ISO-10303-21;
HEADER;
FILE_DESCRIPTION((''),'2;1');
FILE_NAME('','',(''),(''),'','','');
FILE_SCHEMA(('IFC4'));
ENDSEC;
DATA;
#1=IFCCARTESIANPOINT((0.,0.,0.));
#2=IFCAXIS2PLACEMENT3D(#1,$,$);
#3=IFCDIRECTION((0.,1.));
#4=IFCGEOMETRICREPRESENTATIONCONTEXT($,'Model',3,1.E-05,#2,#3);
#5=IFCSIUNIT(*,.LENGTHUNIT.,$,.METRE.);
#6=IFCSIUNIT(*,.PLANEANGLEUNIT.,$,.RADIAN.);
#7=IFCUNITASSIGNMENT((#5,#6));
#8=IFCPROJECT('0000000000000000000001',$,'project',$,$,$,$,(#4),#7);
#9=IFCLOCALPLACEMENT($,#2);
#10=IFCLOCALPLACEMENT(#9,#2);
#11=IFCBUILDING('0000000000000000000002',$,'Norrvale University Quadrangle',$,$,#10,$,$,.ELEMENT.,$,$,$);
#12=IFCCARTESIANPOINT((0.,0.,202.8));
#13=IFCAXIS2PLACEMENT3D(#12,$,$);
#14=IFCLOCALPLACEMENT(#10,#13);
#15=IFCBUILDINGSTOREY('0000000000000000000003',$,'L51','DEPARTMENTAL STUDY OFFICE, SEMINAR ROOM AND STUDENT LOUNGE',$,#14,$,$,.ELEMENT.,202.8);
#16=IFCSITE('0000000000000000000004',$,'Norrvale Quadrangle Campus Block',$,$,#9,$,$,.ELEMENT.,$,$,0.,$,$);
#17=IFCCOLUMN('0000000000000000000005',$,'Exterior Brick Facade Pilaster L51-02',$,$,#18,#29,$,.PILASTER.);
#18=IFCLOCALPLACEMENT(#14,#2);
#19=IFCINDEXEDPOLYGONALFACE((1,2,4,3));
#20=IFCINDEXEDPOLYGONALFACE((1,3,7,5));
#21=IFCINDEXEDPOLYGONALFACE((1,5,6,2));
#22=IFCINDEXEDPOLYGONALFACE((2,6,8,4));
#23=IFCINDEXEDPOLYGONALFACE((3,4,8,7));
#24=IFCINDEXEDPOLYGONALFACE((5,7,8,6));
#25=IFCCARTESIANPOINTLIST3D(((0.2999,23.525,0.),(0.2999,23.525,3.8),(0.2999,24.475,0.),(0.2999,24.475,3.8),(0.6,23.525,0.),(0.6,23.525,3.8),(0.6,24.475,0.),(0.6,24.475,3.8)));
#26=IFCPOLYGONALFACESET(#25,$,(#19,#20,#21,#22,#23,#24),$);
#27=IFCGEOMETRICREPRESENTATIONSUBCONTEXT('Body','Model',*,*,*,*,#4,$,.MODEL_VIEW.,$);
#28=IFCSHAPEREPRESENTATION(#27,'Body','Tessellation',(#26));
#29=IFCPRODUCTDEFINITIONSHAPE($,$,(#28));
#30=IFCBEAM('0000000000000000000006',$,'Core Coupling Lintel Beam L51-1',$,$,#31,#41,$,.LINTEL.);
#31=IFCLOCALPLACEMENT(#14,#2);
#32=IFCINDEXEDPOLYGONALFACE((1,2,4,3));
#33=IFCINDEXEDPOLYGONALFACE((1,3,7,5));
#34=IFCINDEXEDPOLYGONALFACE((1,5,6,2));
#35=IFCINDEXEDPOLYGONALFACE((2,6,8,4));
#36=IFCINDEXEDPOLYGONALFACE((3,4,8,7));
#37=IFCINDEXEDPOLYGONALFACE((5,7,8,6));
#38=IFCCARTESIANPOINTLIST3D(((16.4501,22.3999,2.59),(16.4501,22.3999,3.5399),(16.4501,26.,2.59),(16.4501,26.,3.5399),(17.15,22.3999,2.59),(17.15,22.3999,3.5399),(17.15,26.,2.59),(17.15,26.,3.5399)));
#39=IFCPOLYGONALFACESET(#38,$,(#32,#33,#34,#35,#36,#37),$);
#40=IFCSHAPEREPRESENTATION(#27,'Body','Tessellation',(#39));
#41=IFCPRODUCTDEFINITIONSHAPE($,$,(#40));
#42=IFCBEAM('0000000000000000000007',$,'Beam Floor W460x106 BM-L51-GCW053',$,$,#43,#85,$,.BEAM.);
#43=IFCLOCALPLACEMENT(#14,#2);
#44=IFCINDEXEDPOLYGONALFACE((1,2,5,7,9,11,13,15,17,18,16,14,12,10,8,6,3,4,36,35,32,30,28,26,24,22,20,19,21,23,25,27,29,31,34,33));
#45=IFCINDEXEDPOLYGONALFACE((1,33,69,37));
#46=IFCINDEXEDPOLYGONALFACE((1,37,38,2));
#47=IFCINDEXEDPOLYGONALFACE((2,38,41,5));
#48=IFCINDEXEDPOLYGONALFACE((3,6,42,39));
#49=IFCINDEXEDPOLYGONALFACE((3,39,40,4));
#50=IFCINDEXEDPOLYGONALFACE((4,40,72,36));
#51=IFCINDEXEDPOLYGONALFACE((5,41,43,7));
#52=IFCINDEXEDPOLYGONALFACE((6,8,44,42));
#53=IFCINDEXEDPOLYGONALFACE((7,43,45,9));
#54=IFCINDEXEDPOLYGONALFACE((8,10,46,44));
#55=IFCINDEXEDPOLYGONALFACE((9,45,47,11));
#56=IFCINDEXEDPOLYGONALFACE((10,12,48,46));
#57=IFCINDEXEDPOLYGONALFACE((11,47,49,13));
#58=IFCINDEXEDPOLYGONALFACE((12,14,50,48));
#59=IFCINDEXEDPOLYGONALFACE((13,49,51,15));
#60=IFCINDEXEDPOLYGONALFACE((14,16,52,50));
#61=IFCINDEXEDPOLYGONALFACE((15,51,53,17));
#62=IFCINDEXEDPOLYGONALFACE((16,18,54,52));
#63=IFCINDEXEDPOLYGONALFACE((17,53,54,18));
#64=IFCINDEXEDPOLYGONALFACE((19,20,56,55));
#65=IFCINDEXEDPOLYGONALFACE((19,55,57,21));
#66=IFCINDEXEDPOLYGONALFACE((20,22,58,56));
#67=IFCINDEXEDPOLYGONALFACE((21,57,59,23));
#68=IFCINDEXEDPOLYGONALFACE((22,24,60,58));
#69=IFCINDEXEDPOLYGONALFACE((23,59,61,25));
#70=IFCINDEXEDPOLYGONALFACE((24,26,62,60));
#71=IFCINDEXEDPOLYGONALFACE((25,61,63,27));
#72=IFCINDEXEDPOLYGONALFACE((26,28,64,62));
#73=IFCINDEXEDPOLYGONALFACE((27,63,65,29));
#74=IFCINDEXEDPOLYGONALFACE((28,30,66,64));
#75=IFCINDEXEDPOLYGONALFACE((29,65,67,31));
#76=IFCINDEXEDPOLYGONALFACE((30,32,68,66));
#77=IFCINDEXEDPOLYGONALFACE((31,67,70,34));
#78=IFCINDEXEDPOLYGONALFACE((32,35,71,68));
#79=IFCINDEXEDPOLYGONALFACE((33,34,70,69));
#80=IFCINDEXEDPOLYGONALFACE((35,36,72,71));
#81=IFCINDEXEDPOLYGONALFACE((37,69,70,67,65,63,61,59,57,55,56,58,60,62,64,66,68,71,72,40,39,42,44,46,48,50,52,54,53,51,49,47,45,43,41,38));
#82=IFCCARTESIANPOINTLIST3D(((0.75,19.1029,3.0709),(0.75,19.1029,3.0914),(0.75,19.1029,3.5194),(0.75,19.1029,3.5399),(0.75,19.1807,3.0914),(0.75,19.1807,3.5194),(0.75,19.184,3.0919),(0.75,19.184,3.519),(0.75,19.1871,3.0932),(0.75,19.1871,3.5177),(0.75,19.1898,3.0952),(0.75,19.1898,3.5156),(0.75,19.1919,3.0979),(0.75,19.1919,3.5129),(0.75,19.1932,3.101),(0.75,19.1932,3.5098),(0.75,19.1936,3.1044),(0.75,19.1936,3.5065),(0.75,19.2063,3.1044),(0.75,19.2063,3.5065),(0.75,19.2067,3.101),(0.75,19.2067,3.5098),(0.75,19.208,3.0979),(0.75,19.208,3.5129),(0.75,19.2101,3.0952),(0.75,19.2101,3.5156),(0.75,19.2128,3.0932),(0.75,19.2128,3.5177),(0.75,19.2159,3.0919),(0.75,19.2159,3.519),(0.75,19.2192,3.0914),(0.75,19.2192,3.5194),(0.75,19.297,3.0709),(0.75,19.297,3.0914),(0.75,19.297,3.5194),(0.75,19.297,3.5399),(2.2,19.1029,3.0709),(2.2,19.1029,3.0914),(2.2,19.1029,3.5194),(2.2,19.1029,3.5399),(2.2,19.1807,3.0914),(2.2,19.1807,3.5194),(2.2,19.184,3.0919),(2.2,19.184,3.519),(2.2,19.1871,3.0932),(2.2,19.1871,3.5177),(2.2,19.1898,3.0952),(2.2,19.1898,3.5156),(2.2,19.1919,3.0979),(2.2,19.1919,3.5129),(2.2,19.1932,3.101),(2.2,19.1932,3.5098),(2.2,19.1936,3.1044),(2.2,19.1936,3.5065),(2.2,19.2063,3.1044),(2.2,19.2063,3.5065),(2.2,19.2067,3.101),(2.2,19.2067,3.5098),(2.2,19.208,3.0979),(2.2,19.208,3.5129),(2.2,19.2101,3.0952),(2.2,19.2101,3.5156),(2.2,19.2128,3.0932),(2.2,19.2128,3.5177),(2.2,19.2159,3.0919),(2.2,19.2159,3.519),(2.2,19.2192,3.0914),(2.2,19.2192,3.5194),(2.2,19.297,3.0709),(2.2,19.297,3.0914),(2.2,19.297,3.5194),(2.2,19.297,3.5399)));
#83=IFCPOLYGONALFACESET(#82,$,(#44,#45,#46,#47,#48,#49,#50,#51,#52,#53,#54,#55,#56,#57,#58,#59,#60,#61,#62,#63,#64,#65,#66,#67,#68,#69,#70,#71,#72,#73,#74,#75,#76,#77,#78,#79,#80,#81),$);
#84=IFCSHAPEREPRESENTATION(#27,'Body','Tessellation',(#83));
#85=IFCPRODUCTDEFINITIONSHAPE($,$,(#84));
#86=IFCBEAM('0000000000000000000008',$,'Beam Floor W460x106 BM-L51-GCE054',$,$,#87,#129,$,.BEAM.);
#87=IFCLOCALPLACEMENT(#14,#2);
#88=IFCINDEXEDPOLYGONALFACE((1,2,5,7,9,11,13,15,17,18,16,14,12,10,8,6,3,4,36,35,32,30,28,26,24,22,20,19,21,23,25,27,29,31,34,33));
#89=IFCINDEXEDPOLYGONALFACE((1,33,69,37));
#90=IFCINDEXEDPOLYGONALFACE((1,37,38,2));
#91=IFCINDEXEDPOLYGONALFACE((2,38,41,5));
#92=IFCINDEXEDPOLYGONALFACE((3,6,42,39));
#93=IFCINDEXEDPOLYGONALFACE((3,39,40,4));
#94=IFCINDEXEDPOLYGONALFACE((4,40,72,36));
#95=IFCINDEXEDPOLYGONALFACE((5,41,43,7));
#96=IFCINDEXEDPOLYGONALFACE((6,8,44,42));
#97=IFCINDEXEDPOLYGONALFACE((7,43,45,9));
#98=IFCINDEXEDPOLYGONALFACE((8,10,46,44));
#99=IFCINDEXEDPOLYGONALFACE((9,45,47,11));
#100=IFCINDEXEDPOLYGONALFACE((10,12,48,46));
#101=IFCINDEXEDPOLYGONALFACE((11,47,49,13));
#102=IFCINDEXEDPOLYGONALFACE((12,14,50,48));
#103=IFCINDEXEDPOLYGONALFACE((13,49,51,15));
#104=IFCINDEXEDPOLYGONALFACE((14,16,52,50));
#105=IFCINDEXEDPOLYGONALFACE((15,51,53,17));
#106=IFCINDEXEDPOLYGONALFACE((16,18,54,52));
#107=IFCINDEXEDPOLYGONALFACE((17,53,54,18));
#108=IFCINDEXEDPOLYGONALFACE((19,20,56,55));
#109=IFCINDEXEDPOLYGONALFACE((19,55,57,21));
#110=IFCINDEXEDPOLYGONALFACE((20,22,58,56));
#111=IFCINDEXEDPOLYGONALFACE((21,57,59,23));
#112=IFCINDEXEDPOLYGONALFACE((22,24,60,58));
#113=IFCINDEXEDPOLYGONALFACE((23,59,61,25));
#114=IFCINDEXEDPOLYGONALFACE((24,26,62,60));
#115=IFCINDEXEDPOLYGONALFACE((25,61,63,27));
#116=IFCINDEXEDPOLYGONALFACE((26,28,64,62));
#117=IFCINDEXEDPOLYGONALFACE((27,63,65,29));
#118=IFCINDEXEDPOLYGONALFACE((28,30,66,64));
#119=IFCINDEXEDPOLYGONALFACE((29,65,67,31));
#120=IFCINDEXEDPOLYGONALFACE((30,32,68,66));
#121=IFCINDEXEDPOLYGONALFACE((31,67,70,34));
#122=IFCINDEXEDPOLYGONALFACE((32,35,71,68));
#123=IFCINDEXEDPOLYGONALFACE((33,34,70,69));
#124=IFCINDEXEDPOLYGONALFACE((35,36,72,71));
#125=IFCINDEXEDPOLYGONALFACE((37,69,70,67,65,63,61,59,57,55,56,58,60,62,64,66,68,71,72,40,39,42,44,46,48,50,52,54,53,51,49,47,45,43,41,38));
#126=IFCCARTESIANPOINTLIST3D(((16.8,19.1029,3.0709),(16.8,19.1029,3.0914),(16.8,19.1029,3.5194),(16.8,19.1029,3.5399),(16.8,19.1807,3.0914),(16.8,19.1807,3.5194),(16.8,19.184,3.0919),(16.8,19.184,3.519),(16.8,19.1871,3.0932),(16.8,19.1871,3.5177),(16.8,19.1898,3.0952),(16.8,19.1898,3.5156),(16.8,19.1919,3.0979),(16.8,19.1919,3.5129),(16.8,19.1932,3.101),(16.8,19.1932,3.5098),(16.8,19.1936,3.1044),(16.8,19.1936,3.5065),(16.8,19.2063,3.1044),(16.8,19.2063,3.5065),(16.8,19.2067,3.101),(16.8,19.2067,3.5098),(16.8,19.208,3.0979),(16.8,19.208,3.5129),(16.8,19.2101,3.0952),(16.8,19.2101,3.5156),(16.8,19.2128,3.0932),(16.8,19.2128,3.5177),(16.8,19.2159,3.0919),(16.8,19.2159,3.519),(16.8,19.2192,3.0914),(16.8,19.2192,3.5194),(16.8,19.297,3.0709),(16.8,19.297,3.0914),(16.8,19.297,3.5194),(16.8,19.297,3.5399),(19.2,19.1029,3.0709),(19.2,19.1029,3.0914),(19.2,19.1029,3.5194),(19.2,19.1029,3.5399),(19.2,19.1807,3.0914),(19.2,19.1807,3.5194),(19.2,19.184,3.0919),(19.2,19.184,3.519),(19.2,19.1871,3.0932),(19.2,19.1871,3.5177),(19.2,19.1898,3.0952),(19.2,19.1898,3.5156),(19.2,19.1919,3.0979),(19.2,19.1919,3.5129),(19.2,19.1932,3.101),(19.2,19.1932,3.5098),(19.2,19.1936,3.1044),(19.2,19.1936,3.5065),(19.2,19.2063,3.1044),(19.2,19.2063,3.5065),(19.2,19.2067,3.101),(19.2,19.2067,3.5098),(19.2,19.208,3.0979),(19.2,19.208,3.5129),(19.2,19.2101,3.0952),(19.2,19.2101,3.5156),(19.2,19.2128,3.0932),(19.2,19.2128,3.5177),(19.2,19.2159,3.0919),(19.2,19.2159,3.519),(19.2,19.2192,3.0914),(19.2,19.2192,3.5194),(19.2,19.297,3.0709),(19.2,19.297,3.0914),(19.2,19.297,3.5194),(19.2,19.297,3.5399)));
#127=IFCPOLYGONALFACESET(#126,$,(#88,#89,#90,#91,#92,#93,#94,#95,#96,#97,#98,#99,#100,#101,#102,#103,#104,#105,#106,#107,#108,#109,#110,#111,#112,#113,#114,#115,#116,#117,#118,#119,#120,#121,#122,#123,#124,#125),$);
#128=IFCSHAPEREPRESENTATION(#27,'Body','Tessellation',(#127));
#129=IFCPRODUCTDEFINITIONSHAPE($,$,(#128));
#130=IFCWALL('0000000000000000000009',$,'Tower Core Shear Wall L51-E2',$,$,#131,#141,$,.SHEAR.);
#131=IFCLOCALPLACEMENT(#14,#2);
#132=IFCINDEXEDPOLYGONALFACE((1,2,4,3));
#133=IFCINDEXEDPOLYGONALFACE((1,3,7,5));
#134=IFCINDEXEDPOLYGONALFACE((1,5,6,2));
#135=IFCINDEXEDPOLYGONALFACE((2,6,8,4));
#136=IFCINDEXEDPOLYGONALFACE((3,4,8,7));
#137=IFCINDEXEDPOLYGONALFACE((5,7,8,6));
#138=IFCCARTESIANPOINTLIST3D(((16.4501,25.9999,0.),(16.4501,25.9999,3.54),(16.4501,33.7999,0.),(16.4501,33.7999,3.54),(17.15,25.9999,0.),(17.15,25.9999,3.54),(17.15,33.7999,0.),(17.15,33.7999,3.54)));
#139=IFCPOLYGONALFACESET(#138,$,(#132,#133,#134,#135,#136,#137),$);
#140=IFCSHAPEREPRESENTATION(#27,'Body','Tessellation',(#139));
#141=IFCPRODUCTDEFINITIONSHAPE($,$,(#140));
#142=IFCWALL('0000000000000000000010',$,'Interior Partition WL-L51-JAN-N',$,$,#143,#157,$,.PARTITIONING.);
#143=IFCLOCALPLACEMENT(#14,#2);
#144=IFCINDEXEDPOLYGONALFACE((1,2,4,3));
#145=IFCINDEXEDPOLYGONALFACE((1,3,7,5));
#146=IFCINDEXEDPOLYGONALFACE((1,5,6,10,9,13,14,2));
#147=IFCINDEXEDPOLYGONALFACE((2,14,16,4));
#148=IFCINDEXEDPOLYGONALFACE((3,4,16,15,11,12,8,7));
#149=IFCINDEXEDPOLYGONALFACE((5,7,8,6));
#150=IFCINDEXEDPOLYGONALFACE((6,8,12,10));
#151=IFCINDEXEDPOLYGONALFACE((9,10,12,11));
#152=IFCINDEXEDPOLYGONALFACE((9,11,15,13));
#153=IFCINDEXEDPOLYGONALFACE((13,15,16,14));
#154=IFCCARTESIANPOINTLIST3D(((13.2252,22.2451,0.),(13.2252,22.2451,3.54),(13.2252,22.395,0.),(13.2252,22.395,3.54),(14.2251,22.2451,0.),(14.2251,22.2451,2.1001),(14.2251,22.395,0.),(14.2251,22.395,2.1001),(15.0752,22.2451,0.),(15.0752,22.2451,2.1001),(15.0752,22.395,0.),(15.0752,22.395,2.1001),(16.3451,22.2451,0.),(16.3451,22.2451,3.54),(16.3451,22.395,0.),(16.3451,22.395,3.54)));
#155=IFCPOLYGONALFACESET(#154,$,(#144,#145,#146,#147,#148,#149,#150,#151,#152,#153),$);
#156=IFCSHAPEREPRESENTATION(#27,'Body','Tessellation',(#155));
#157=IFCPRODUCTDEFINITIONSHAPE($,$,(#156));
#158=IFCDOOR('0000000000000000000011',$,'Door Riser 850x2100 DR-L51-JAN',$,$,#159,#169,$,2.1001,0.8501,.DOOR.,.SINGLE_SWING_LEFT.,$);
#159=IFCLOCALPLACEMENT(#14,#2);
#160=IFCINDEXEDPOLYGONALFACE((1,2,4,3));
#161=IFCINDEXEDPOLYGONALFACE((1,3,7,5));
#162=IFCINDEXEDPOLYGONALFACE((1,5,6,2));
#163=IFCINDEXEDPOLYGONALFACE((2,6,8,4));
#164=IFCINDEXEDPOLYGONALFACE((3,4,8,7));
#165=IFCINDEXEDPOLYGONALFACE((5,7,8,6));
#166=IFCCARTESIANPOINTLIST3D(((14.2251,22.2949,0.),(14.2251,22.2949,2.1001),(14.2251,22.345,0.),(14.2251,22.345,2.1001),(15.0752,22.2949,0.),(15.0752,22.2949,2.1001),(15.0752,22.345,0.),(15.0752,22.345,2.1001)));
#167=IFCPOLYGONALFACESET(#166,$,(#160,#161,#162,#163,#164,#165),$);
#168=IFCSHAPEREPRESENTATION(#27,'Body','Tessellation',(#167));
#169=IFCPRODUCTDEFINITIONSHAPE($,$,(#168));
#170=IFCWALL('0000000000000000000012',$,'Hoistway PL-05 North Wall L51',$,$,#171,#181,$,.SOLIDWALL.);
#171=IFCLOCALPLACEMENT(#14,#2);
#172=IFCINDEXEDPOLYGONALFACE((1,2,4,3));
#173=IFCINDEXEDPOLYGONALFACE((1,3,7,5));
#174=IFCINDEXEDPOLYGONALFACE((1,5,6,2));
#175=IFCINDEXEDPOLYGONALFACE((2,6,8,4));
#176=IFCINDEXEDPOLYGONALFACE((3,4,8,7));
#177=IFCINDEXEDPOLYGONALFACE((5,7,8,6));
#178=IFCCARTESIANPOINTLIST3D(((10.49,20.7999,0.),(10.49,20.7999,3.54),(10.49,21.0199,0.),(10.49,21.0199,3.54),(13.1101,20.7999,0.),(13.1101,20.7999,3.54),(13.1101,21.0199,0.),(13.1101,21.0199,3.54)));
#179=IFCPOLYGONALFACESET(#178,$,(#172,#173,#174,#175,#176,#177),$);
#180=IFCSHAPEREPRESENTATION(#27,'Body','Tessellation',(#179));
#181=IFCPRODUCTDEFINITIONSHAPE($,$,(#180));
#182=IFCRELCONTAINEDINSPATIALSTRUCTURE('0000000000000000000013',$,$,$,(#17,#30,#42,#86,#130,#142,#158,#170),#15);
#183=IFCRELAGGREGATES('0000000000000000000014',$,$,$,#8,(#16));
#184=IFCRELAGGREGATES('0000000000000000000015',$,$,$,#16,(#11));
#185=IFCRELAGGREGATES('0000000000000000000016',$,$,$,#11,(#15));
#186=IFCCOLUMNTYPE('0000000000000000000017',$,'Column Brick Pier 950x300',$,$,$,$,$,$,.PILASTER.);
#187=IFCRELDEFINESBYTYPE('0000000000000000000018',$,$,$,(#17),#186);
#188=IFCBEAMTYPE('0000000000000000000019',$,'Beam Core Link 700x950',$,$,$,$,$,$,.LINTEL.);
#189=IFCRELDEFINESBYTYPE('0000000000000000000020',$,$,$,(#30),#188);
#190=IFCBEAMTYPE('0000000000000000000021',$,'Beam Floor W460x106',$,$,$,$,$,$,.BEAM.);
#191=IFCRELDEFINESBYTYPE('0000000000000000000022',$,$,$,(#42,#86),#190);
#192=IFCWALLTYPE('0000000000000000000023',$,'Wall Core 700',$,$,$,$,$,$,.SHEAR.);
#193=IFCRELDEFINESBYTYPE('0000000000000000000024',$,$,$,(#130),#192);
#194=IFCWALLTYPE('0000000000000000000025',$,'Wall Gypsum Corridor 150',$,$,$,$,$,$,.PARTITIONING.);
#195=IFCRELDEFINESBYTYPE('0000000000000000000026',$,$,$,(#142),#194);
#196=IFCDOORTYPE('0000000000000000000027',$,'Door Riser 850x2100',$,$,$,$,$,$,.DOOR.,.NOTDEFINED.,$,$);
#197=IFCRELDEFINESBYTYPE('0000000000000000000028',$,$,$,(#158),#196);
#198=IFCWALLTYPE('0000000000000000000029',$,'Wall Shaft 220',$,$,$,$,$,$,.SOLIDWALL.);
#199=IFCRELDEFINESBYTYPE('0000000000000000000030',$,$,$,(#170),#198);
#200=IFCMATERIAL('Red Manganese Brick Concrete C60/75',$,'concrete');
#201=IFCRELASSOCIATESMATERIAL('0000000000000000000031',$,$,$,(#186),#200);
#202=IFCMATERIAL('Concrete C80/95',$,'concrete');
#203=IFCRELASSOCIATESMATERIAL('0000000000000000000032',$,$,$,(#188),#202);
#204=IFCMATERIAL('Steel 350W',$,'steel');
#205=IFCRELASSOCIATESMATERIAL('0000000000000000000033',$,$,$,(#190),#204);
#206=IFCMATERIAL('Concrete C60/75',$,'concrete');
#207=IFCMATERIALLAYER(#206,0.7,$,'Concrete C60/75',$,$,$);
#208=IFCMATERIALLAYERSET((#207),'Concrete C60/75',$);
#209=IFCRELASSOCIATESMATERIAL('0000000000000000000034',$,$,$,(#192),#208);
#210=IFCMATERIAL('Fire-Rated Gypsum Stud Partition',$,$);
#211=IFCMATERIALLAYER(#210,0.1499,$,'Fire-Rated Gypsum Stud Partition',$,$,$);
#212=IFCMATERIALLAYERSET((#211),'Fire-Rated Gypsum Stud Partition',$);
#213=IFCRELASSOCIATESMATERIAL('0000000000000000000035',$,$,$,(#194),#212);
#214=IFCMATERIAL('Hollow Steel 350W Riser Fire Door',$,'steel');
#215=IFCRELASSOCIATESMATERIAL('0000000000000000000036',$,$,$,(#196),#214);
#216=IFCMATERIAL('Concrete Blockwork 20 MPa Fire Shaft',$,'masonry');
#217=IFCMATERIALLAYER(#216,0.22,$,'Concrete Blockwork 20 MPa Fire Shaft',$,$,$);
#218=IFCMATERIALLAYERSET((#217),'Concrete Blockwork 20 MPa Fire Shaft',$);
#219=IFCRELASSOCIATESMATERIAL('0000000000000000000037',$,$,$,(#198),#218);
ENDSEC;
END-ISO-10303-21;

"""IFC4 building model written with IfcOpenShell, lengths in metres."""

from ifc_helpers import new_model, si_unit, direction, frame, frame_2d, origin, origin_2d, place, context, subcontext, project, spatial, rectangle, i_section, extrude, material, layer, layer_set, material_profile, profile_set, type_object, element, fill, save


model = new_model("IFC4")

# Units and contexts
model_context = context("Model", 3, precision=1e-05, world=origin(), true_north=direction((0.0, 1.0)))
body_context = subcontext(model_context, "Body", "Model", "MODEL_VIEW")
ifc_project = project(units=[si_unit("LENGTHUNIT", "METRE"), si_unit("PLANEANGLEUNIT", "RADIAN")], contexts=[model_context])

# Site, building, storey
site_placement = place(None, origin())
site = spatial("IfcSite", under=ifc_project, at=site_placement, Name="Norrvale Quadrangle Campus Block", CompositionType="ELEMENT", RefElevation=0.0)
building_placement = place(site_placement, origin())
building = spatial("IfcBuilding", under=site, at=building_placement, Name="Norrvale University Quadrangle", CompositionType="ELEMENT")
storey_placement = place(building_placement, frame((0.0, 0.0, 202.8)))
storey = spatial("IfcBuildingStorey", under=building, at=storey_placement, Name="L51", Description="DEPARTMENTAL STUDY OFFICE, SEMINAR ROOM AND STUDENT LOUNGE", CompositionType="ELEMENT", Elevation=202.8)

# Column
ifc_material_1 = material(Name="Red Manganese Brick Concrete C60/75", Category="concrete")
ifc_material_profile_1 = material_profile(ifc_material_1, rectangle(XDim=0.95, YDim=0.3, at=origin_2d()), Name="Red Manganese Brick Concrete C60/75")
ifc_profile_set_1 = profile_set([ifc_material_profile_1], Name="Red Manganese Brick Concrete C60/75")
column_type = type_object("IfcColumnType", Name="Column Brick Pier 950x300", PredefinedType="PILASTER", material=ifc_profile_set_1)
column_placement = place(storey_placement, frame((0.45, 24.0, 0.0), z_axis=(0.0, 0.0, 1.0), x_axis=(0.0, 1.0, 0.0)))
element("IfcColumn", 1, at=column_placement, inside=storey, type_object=column_type, Name="Exterior Brick Facade Pilaster L51-02", PredefinedType="PILASTER", context=body_context, shape_type="SweptSolid", body=[
    extrude(rectangle(XDim=0.95, YDim=0.3, at=origin_2d()), origin(), (0.0, 0.0, 1.0), 3.8),
])

# Beams
ifc_material_2 = material(Name="Concrete C80/95", Category="concrete")
ifc_material_profile_2 = material_profile(ifc_material_2, rectangle(XDim=0.7, YDim=0.95, at=origin_2d()), Name="Concrete C80/95")
ifc_profile_set_2 = profile_set([ifc_material_profile_2], Name="Concrete C80/95")
beam_type_1 = type_object("IfcBeamType", Name="Beam Core Link 700x950", PredefinedType="LINTEL", material=ifc_profile_set_2)
beam_1_placement = place(storey_placement, frame((16.8, 22.3999, 3.0649), z_axis=(0.0, 1.0, 0.0), x_axis=(-1.0, 0.0, 0.0)))
element("IfcBeam", 2, at=beam_1_placement, inside=storey, type_object=beam_type_1, Name="Core Coupling Lintel Beam L51-1", PredefinedType="LINTEL", context=body_context, shape_type="SweptSolid", body=[
    extrude(rectangle(XDim=0.7, YDim=0.95, at=origin_2d()), origin(), (0.0, 0.0, 1.0), 3.6001),
])
ifc_material_3 = material(Name="Steel 350W", Category="steel")
ifc_material_profile_3 = material_profile(ifc_material_3, i_section(OverallWidth=0.1941, OverallDepth=0.469, WebThickness=0.0127, FlangeThickness=0.0205, FilletRadius=0.0129, at=origin_2d()), Name="Steel 350W")
ifc_profile_set_3 = profile_set([ifc_material_profile_3], Name="Steel 350W")
beam_type_2 = type_object("IfcBeamType", Name="Beam Floor W460x106", PredefinedType="BEAM", material=ifc_profile_set_3)
beam_2_placement = place(storey_placement, frame((0.75, 19.2, 3.3054), z_axis=(1.0, 0.0, 0.0), x_axis=(0.0, 1.0, 0.0)))
element("IfcBeam", 3, at=beam_2_placement, inside=storey, type_object=beam_type_2, Name="Beam Floor W460x106 BM-L51-GCW053", PredefinedType="BEAM", context=body_context, shape_type="SweptSolid", body=[
    extrude(i_section(OverallWidth=0.1941, OverallDepth=0.469, WebThickness=0.0127, FlangeThickness=0.0205, FilletRadius=0.0129, at=origin_2d()), origin(), (0.0, 0.0, 1.0), 1.45),
])
beam_3_placement = place(storey_placement, frame((16.8, 19.2, 3.3054), z_axis=(1.0, 0.0, 0.0), x_axis=(0.0, 1.0, 0.0)))
element("IfcBeam", 4, at=beam_3_placement, inside=storey, type_object=beam_type_2, Name="Beam Floor W460x106 BM-L51-GCE054", PredefinedType="BEAM", context=body_context, shape_type="SweptSolid", body=[
    extrude(i_section(OverallWidth=0.1941, OverallDepth=0.469, WebThickness=0.0127, FlangeThickness=0.0205, FilletRadius=0.0129, at=origin_2d()), origin(), (0.0, 0.0, 1.0), 2.3999),
])

# Wall
ifc_material_4 = material(Name="Concrete C60/75", Category="concrete")
ifc_layer_1 = layer(ifc_material_4, 0.7, Name="Concrete C60/75")
ifc_layer_set_1 = layer_set([ifc_layer_1], Name="Concrete C60/75")
wall_type_1 = type_object("IfcWallType", Name="Wall Core 700", PredefinedType="SHEAR", material=ifc_layer_set_1)
wall_1_placement = place(storey_placement, frame((16.8, 26.0, 0.0), z_axis=(0.0, 0.0, 1.0), x_axis=(0.0, 1.0, 0.0)))
element("IfcWall", 5, at=wall_1_placement, inside=storey, type_object=wall_type_1, Name="Tower Core Shear Wall L51-E2", PredefinedType="SHEAR", context=body_context, shape_type="SweptSolid", body=[
    extrude(rectangle(XDim=7.8, YDim=0.7, at=frame_2d((3.8999, 0.0))), origin(), (0.0, 0.0, 1.0), 3.54),
])

# Wall, opening, door
ifc_material_5 = material(Name="Fire-Rated Gypsum Stud Partition")
ifc_layer_2 = layer(ifc_material_5, 0.1499, Name="Fire-Rated Gypsum Stud Partition")
ifc_layer_set_2 = layer_set([ifc_layer_2], Name="Fire-Rated Gypsum Stud Partition")
wall_type_2 = type_object("IfcWallType", Name="Wall Gypsum Corridor 150", PredefinedType="PARTITIONING", material=ifc_layer_set_2)
wall_2_placement = place(storey_placement, frame((13.2251, 22.3201, 0.0), z_axis=(0.0, 0.0, 1.0), x_axis=(1.0, 0.0, 0.0)))
wall_2 = element("IfcWall", 6, at=wall_2_placement, inside=storey, type_object=wall_type_2, Name="Interior Partition WL-L51-JAN-N", PredefinedType="PARTITIONING", context=body_context, shape_type="SweptSolid", body=[
    extrude(rectangle(XDim=3.1199, YDim=0.1499, at=frame_2d((1.5601, 0.0))), origin(), (0.0, 0.0, 1.0), 3.54),
])
opening_1_placement = place(wall_2_placement, frame((1.0, 0.0, 0.0)))
opening_1 = element("IfcOpeningElement", 7, at=opening_1_placement, cuts=wall_2, PredefinedType="OPENING", context=body_context, shape_type="SweptSolid", body=[
    extrude(rectangle(XDim=0.8501, YDim=2.1001, at=frame_2d((0.425, 1.05))), frame((0.0, 0.0869, 0.0), z_axis=(0.0, -1.0, 0.0), x_axis=(1.0, 0.0, 0.0)), (0.0, 0.0, 1.0), 0.1738),
])
ifc_material_6 = material(Name="Hollow Steel 350W Riser Fire Door", Category="steel")
door_type_1 = type_object("IfcDoorType", Name="Door Riser 850x2100", OperationType="NOTDEFINED", PredefinedType="DOOR", material=ifc_material_6)
door_1_placement = place(opening_1_placement, origin())
door_1 = element("IfcDoor", 8, at=door_1_placement, inside=storey, type_object=door_type_1, Name="Door Riser 850x2100 DR-L51-JAN", OperationType="SINGLE_SWING_LEFT", OverallHeight=2.1001, OverallWidth=0.8501, PredefinedType="DOOR", context=body_context, shape_type="SweptSolid", body=[
    extrude(rectangle(XDim=0.8501, YDim=2.1001, at=frame_2d((0.425, 1.05))), frame((0.0, 0.0249, 0.0), z_axis=(0.0, -1.0, 0.0), x_axis=(1.0, 0.0, 0.0)), (0.0, 0.0, 1.0), 0.05),
])
fill(opening_1, door_1)

# Wall
ifc_material_7 = material(Name="Concrete Blockwork 20 MPa Fire Shaft", Category="masonry")
ifc_layer_3 = layer(ifc_material_7, 0.22, Name="Concrete Blockwork 20 MPa Fire Shaft")
ifc_layer_set_3 = layer_set([ifc_layer_3], Name="Concrete Blockwork 20 MPa Fire Shaft")
wall_type_3 = type_object("IfcWallType", Name="Wall Shaft 220", PredefinedType="SOLIDWALL", material=ifc_layer_set_3)
wall_3_placement = place(storey_placement, frame((10.49, 20.9099, 0.0), z_axis=(0.0, 0.0, 1.0), x_axis=(1.0, 0.0, 0.0)))
element("IfcWall", 9, at=wall_3_placement, inside=storey, type_object=wall_type_3, Name="Hoistway PL-05 North Wall L51", PredefinedType="SOLIDWALL", context=body_context, shape_type="SweptSolid", body=[
    extrude(rectangle(XDim=2.6201, YDim=0.22, at=frame_2d((1.3101, 0.0))), origin(), (0.0, 0.0, 1.0), 3.54),
])

save(model, "model.ifc")
